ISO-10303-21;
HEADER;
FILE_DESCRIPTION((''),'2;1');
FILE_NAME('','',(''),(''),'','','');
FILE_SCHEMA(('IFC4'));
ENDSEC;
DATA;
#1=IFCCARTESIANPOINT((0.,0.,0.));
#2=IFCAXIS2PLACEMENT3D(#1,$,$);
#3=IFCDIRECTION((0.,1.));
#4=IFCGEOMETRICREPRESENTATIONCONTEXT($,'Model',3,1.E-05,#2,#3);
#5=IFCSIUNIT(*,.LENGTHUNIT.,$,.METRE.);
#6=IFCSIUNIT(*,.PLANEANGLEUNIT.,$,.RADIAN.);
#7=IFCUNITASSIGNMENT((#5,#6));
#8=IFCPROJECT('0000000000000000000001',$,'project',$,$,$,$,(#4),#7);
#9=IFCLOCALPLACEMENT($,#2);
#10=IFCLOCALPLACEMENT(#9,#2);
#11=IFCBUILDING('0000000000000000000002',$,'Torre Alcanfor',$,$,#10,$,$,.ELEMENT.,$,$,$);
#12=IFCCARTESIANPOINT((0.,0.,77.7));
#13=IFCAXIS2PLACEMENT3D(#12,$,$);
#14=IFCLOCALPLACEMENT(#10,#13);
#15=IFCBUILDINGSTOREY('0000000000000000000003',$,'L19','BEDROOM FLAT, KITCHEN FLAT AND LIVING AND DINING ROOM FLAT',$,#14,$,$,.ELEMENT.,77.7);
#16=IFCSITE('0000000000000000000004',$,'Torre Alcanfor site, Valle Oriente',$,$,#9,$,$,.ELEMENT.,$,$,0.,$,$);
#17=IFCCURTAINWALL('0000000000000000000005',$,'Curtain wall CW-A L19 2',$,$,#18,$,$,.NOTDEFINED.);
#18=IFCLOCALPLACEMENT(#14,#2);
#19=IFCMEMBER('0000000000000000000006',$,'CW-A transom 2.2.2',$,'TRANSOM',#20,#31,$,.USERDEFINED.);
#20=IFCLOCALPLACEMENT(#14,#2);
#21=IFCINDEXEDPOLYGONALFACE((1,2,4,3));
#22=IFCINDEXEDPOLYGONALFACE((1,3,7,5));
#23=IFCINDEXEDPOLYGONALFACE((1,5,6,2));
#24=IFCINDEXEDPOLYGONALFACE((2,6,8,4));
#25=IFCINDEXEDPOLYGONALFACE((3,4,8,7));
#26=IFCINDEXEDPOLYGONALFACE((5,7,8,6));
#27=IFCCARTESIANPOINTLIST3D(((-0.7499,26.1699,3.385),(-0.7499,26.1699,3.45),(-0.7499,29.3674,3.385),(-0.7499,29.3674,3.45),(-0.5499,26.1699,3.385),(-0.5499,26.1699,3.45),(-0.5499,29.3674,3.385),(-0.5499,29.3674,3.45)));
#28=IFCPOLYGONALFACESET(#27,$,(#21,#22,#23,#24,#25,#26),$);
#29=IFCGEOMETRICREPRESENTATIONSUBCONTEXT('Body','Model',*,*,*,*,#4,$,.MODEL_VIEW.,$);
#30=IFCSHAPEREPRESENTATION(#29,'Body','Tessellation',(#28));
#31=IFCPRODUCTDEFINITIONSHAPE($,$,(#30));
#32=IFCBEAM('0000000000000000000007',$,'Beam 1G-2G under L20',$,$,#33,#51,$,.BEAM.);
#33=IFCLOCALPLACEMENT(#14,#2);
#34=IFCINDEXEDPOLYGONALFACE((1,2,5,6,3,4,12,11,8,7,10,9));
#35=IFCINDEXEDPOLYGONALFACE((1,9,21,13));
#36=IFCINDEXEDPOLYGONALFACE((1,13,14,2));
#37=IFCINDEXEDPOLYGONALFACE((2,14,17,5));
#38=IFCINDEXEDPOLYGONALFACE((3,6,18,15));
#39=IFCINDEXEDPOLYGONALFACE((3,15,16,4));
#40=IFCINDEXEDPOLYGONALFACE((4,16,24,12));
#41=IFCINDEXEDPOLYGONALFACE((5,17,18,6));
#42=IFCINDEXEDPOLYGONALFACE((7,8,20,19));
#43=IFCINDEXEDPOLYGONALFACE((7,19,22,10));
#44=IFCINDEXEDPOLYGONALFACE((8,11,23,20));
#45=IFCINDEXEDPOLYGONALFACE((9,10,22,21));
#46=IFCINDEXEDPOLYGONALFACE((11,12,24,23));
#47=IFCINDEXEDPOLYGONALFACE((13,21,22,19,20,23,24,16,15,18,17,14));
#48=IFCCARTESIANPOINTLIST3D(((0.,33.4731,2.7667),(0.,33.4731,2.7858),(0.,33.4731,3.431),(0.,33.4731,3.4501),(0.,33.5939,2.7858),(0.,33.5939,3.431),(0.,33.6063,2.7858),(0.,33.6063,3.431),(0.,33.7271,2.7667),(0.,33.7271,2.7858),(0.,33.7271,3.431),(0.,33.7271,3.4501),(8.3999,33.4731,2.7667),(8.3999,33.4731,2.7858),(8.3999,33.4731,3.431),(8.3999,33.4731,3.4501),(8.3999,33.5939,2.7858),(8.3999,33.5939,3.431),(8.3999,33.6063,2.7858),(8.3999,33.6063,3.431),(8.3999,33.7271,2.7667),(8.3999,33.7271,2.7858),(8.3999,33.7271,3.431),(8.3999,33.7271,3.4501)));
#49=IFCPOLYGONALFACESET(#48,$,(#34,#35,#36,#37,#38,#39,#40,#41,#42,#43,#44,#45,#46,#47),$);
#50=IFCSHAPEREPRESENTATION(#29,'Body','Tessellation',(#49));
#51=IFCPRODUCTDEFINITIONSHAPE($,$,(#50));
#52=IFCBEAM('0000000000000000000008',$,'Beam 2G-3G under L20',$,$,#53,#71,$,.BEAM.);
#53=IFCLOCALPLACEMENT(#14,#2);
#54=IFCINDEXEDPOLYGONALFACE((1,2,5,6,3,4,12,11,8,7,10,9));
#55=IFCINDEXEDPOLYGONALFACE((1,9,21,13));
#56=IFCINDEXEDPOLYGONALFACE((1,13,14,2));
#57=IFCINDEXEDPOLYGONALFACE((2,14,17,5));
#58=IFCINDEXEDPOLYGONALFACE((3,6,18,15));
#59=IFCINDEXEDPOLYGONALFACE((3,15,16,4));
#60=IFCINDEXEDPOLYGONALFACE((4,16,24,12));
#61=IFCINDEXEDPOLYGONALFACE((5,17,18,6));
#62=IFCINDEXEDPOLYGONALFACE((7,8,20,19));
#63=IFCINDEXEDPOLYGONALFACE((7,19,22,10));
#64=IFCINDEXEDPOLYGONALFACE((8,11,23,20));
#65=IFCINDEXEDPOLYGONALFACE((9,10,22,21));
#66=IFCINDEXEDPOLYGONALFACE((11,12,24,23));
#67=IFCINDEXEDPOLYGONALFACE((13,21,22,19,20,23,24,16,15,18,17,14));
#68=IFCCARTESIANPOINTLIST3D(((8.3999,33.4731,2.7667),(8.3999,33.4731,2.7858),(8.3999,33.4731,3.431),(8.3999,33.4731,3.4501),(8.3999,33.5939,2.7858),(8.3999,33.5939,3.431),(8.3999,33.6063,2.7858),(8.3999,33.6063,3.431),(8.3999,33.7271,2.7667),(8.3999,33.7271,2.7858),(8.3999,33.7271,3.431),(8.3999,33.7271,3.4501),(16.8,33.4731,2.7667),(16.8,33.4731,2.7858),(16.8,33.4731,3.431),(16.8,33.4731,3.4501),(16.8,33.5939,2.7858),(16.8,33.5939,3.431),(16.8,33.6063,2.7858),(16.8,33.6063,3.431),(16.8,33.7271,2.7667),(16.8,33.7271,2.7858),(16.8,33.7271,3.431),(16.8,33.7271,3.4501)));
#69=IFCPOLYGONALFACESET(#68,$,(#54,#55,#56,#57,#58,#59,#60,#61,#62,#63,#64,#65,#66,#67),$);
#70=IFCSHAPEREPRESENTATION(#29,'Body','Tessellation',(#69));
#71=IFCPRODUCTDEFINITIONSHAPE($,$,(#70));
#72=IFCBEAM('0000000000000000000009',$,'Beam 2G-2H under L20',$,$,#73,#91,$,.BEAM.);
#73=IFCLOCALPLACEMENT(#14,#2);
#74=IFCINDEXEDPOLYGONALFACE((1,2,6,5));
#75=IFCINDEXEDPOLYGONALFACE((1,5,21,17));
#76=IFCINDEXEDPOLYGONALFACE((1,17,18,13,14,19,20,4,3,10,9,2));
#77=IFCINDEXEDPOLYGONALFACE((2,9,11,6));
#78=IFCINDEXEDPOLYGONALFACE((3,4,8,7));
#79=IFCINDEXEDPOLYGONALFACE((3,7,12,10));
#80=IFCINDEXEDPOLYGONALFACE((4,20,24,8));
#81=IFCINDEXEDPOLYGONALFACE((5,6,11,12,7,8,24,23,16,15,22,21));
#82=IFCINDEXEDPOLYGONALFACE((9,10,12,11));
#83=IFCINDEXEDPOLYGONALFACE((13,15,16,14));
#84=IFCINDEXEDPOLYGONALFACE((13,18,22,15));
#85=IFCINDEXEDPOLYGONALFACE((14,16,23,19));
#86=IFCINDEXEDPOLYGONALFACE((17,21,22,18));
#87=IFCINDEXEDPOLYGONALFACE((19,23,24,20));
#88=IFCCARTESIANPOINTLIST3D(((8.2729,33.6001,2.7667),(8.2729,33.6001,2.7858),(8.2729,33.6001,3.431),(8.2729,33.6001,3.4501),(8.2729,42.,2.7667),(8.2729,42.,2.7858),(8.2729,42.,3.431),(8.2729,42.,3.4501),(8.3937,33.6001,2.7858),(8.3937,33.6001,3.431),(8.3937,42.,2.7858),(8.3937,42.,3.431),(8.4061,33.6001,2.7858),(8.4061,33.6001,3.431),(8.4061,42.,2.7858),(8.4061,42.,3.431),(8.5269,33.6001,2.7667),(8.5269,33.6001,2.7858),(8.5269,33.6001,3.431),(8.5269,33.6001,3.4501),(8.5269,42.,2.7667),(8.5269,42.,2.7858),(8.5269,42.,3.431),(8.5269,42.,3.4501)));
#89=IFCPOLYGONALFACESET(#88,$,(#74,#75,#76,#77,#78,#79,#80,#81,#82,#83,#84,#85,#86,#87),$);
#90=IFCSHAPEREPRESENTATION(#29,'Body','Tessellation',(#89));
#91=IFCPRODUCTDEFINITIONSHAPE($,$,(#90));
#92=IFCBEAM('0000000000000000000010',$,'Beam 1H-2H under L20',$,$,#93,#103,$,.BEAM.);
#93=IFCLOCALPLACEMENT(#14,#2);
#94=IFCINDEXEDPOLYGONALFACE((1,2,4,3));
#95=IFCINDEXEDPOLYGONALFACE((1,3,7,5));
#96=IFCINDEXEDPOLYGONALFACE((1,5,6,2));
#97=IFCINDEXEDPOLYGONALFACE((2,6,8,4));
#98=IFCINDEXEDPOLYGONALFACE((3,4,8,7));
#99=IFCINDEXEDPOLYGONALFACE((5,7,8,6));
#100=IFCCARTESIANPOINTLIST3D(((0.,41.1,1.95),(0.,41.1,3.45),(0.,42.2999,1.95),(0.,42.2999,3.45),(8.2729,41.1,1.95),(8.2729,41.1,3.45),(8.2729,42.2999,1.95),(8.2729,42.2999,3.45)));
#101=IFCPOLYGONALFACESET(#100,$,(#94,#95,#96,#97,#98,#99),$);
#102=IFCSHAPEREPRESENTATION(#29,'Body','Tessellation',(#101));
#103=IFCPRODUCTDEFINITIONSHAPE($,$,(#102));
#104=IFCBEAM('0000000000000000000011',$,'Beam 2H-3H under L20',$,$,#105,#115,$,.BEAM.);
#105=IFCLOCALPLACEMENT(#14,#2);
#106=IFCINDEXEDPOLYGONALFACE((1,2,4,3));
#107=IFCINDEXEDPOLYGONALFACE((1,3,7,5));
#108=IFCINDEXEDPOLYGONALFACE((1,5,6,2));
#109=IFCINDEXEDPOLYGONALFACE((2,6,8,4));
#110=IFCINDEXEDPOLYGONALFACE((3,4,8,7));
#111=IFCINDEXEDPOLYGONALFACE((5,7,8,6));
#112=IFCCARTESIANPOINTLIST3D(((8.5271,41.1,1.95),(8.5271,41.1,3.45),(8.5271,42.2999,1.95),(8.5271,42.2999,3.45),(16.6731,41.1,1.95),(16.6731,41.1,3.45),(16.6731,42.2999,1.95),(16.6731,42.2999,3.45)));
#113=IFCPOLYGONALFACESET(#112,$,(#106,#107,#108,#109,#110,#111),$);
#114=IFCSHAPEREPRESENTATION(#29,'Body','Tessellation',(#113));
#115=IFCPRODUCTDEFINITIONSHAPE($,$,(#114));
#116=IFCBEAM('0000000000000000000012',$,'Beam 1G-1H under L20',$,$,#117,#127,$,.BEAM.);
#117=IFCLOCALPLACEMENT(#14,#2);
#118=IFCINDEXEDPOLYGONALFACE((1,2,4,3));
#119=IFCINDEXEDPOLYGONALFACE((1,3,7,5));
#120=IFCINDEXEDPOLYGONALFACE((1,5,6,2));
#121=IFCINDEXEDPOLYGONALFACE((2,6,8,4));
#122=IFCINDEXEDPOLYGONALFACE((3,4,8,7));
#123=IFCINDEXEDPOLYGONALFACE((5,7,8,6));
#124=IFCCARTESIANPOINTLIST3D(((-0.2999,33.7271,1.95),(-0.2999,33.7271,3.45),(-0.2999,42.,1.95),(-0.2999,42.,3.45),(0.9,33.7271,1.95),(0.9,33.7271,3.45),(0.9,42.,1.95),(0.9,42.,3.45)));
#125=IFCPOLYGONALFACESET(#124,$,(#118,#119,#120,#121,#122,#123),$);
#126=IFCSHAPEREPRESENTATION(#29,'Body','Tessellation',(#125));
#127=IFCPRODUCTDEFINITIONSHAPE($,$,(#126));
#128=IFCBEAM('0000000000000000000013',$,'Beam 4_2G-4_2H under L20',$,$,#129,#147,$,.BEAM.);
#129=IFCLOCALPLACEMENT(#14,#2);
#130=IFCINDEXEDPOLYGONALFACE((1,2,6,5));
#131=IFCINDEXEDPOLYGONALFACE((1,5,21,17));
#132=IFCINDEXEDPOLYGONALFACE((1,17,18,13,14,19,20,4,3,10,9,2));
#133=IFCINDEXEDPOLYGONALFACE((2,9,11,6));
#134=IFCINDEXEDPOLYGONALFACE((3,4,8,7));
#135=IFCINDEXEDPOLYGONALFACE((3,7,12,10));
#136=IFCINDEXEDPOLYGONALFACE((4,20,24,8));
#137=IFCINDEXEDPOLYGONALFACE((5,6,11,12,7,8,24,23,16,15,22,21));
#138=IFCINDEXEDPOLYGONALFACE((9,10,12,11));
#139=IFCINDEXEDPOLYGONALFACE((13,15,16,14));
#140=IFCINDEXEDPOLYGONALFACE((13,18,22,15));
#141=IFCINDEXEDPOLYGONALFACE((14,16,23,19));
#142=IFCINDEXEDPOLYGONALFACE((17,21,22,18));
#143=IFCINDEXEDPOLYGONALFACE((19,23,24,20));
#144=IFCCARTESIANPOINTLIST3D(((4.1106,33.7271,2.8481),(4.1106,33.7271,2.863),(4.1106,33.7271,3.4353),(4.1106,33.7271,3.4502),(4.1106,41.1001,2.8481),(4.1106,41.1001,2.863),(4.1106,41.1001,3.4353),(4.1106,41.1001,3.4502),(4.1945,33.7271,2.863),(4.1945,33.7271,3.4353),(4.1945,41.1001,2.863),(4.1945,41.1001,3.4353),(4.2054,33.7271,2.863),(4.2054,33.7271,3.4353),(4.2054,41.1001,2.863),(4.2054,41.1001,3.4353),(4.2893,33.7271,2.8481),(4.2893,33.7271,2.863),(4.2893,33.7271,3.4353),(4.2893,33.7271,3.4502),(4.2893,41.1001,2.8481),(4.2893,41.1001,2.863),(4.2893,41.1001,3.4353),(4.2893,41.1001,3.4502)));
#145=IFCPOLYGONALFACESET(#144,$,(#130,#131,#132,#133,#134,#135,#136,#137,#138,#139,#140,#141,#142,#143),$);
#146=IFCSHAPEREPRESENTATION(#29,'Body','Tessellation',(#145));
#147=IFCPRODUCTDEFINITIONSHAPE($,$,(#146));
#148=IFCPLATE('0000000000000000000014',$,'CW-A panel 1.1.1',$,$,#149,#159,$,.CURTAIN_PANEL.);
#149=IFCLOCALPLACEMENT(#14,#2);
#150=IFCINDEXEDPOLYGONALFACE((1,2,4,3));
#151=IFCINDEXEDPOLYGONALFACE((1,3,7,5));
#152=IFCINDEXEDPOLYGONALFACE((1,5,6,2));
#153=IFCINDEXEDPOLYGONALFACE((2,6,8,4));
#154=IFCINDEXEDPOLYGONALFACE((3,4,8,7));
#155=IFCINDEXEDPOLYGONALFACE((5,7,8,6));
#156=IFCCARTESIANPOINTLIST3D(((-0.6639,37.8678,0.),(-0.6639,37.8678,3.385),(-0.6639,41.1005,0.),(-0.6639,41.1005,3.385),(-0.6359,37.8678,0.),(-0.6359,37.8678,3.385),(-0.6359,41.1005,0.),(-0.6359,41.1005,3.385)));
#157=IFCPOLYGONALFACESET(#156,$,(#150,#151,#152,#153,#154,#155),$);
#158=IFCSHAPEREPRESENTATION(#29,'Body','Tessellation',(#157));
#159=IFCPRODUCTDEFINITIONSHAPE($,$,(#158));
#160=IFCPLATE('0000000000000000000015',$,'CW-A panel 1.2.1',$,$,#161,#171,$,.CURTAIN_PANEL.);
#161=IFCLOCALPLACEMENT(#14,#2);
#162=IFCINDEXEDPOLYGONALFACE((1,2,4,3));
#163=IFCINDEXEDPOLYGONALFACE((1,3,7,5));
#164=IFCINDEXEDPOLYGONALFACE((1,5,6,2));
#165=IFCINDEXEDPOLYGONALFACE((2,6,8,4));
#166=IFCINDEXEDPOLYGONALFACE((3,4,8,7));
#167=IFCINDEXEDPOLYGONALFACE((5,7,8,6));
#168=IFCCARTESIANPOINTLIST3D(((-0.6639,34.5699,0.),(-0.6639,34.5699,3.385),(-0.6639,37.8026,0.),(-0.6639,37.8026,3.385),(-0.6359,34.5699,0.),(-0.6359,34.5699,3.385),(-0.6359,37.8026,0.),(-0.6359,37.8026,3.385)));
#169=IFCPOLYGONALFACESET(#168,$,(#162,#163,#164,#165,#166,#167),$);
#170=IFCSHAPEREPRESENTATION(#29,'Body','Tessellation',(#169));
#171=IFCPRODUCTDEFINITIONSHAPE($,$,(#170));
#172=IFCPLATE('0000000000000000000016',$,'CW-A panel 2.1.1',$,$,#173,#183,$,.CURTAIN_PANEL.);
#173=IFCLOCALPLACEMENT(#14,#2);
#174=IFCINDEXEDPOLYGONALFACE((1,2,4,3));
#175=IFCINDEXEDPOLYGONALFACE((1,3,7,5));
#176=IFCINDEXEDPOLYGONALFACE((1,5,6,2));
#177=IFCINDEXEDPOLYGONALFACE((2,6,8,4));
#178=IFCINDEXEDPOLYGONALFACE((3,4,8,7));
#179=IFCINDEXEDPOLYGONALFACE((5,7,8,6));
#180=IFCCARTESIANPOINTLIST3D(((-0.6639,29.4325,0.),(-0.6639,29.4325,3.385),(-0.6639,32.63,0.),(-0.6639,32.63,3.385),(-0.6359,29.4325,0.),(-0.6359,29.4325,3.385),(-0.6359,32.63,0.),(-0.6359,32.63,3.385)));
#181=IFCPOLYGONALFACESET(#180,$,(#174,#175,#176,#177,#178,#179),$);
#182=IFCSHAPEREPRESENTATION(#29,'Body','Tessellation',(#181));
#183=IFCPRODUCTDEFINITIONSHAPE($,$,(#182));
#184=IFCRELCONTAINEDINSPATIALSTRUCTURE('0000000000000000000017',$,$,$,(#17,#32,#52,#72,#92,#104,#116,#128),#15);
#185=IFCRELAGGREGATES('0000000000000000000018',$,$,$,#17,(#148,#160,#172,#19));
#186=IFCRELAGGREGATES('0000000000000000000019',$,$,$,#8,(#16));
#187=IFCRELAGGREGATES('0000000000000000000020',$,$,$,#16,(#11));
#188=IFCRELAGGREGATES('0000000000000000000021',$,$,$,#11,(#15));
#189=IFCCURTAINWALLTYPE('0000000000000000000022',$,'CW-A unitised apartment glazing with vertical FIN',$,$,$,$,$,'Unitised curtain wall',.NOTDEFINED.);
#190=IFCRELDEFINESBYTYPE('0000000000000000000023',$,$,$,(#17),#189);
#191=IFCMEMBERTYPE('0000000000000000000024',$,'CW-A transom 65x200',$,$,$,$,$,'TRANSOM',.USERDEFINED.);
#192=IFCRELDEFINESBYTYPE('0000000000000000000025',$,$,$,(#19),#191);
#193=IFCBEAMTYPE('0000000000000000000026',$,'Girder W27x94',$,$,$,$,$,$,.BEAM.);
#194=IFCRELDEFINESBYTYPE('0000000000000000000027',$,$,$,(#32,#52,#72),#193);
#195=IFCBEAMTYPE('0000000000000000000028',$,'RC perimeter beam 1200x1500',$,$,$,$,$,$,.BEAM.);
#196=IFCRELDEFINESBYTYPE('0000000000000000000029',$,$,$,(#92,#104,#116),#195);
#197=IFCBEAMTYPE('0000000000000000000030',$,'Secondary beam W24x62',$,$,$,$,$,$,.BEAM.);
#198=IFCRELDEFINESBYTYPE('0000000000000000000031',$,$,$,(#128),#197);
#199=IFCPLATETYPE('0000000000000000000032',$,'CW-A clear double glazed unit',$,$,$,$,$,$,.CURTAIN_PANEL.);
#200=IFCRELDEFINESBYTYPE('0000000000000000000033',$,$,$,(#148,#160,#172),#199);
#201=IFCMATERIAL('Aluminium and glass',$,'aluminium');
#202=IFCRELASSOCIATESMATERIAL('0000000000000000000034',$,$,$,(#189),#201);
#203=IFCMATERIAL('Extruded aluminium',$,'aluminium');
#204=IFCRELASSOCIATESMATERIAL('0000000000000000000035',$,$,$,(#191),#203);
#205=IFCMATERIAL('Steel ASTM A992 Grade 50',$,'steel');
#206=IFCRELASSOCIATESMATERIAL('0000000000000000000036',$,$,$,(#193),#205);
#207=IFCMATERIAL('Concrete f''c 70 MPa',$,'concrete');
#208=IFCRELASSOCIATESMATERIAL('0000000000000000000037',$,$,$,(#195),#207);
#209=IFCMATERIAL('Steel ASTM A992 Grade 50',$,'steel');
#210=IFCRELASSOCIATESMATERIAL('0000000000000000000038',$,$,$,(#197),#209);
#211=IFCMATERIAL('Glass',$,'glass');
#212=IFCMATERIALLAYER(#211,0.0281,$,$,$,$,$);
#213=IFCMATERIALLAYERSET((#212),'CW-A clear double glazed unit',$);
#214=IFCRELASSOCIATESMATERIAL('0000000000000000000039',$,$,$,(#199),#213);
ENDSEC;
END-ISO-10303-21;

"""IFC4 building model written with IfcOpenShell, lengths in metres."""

from ifc_helpers import new_model, si_unit, direction, frame, origin, origin_2d, place, context, subcontext, project, spatial, rectangle, i_section, extrude, material, layer, layer_set, material_profile, profile_set, type_object, element, aggregate, save


model = new_model("IFC4")

# Units and contexts
model_context = context("Model", 3, precision=1e-05, world=origin(), true_north=direction((0.0, 1.0)))
body_context = subcontext(model_context, "Body", "Model", "MODEL_VIEW")
ifc_project = project(units=[si_unit("LENGTHUNIT", "METRE"), si_unit("PLANEANGLEUNIT", "RADIAN")], contexts=[model_context])

# Site, building, storey
site_placement = place(None, origin())
site = spatial("IfcSite", under=ifc_project, at=site_placement, Name="Torre Alcanfor site, Valle Oriente", CompositionType="ELEMENT", RefElevation=0.0)
building_placement = place(site_placement, origin())
building = spatial("IfcBuilding", under=site, at=building_placement, Name="Torre Alcanfor", CompositionType="ELEMENT")
storey_placement = place(building_placement, frame((0.0, 0.0, 77.7)))
storey = spatial("IfcBuildingStorey", under=building, at=storey_placement, Name="L19", Description="BEDROOM FLAT, KITCHEN FLAT AND LIVING AND DINING ROOM FLAT", CompositionType="ELEMENT", Elevation=77.7)

# Curtain wall, member
ifc_material_1 = material(Name="Aluminium and glass", Category="aluminium")
curtain_wall_type = type_object("IfcCurtainWallType", Name="CW-A unitised apartment glazing with vertical FIN", ElementType="Unitised curtain wall", PredefinedType="NOTDEFINED", material=ifc_material_1)
curtain_wall_placement = place(storey_placement, origin())
curtain_wall = element("IfcCurtainWall", 1, at=curtain_wall_placement, inside=storey, type_object=curtain_wall_type, Name="Curtain wall CW-A L19 2", PredefinedType="NOTDEFINED")
ifc_material_2 = material(Name="Extruded aluminium", Category="aluminium")
ifc_material_profile_1 = material_profile(ifc_material_2, rectangle(XDim=0.2, YDim=0.0649, at=origin_2d()), Name="CW-A transom 200x65")
ifc_profile_set_1 = profile_set([ifc_material_profile_1], Name="Extruded aluminium")
member_type_1 = type_object("IfcMemberType", Name="CW-A transom 65x200", ElementType="TRANSOM", PredefinedType="USERDEFINED", material=ifc_profile_set_1)
member_1_placement = place(storey_placement, frame((-0.6499, 29.3674, 3.4175), z_axis=(0.0, -1.0, 0.0), x_axis=(1.0, 0.0, 0.0)))
member_1 = element("IfcMember", 2, at=member_1_placement, type_object=member_type_1, Name="CW-A transom 2.2.2", ObjectType="TRANSOM", PredefinedType="USERDEFINED", context=body_context, shape_type="SweptSolid", body=[
    extrude(rectangle(XDim=0.2, YDim=0.0649, at=origin_2d()), origin(), (0.0, 0.0, 1.0), 3.1975),
])

# Beams
ifc_material_3 = material(Name="Steel ASTM A992 Grade 50", Category="steel")
ifc_material_profile_2 = material_profile(ifc_material_3, i_section(OverallWidth=0.2539, OverallDepth=0.6833, WebThickness=0.0125, FlangeThickness=0.019, at=origin_2d()), Name="W27x94")
ifc_profile_set_2 = profile_set([ifc_material_profile_2], Name="Steel ASTM A992 Grade 50")
beam_type_1 = type_object("IfcBeamType", Name="Girder W27x94", PredefinedType="BEAM", material=ifc_profile_set_2)
beam_1_placement = place(storey_placement, frame((0.0, 33.6001, 3.1084), z_axis=(1.0, 0.0, 0.0), x_axis=(0.0, 1.0, 0.0)))
element("IfcBeam", 3, at=beam_1_placement, inside=storey, type_object=beam_type_1, Name="Beam 1G-2G under L20", PredefinedType="BEAM", context=body_context, shape_type="SweptSolid", body=[
    extrude(i_section(OverallWidth=0.2539, OverallDepth=0.6833, WebThickness=0.0125, FlangeThickness=0.019, at=origin_2d()), origin(), (0.0, 0.0, 1.0), 8.3999),
])
beam_2_placement = place(storey_placement, frame((8.3999, 33.6001, 3.1084), z_axis=(1.0, 0.0, 0.0), x_axis=(0.0, 1.0, 0.0)))
element("IfcBeam", 4, at=beam_2_placement, inside=storey, type_object=beam_type_1, Name="Beam 2G-3G under L20", PredefinedType="BEAM", context=body_context, shape_type="SweptSolid", body=[
    extrude(i_section(OverallWidth=0.2539, OverallDepth=0.6833, WebThickness=0.0125, FlangeThickness=0.019, at=origin_2d()), origin(), (0.0, 0.0, 1.0), 8.4001),
])
beam_3_placement = place(storey_placement, frame((8.3999, 33.6001, 3.1084), z_axis=(0.0, 1.0, 0.0), x_axis=(-1.0, 0.0, 0.0)))
element("IfcBeam", 5, at=beam_3_placement, inside=storey, type_object=beam_type_1, Name="Beam 2G-2H under L20", PredefinedType="BEAM", context=body_context, shape_type="SweptSolid", body=[
    extrude(i_section(OverallWidth=0.2539, OverallDepth=0.6833, WebThickness=0.0125, FlangeThickness=0.019, at=origin_2d()), origin(), (0.0, 0.0, 1.0), 8.3999),
])
ifc_material_4 = material(Name="Concrete f'c 70 MPa", Category="concrete")
ifc_material_profile_3 = material_profile(ifc_material_4, rectangle(XDim=1.2, YDim=1.5, at=origin_2d()), Name="1200x1500")
ifc_profile_set_3 = profile_set([ifc_material_profile_3], Name="Concrete f'c 70 MPa")
beam_type_2 = type_object("IfcBeamType", Name="RC perimeter beam 1200x1500", PredefinedType="BEAM", material=ifc_profile_set_3)
beam_4_placement = place(storey_placement, frame((0.0, 41.7, 2.7), z_axis=(1.0, 0.0, 0.0), x_axis=(0.0, 1.0, 0.0)))
element("IfcBeam", 6, at=beam_4_placement, inside=storey, type_object=beam_type_2, Name="Beam 1H-2H under L20", PredefinedType="BEAM", context=body_context, shape_type="SweptSolid", body=[
    extrude(rectangle(XDim=1.2, YDim=1.5, at=origin_2d()), origin(), (0.0, 0.0, 1.0), 8.2729),
])
beam_5_placement = place(storey_placement, frame((8.5271, 41.7, 2.7), z_axis=(1.0, 0.0, 0.0), x_axis=(0.0, 1.0, 0.0)))
element("IfcBeam", 7, at=beam_5_placement, inside=storey, type_object=beam_type_2, Name="Beam 2H-3H under L20", PredefinedType="BEAM", context=body_context, shape_type="SweptSolid", body=[
    extrude(rectangle(XDim=1.2, YDim=1.5, at=origin_2d()), origin(), (0.0, 0.0, 1.0), 8.146),
])
beam_6_placement = place(storey_placement, frame((0.3, 33.7271, 2.7), z_axis=(0.0, 1.0, 0.0), x_axis=(-1.0, 0.0, 0.0)))
element("IfcBeam", 8, at=beam_6_placement, inside=storey, type_object=beam_type_2, Name="Beam 1G-1H under L20", PredefinedType="BEAM", context=body_context, shape_type="SweptSolid", body=[
    extrude(rectangle(XDim=1.2, YDim=1.5, at=origin_2d()), origin(), (0.0, 0.0, 1.0), 8.2729),
])
ifc_material_5 = material(Name="Steel ASTM A992 Grade 50", Category="steel")
ifc_material_profile_4 = material_profile(ifc_material_5, i_section(OverallWidth=0.1787, OverallDepth=0.6021, WebThickness=0.011, FlangeThickness=0.0149, at=origin_2d()), Name="W24x62")
ifc_profile_set_4 = profile_set([ifc_material_profile_4], Name="Steel ASTM A992 Grade 50")
beam_type_3 = type_object("IfcBeamType", Name="Secondary beam W24x62", PredefinedType="BEAM", material=ifc_profile_set_4)
beam_7_placement = place(storey_placement, frame((4.2, 33.7271, 3.1492), z_axis=(0.0, 1.0, 0.0), x_axis=(-1.0, 0.0, 0.0)))
element("IfcBeam", 9, at=beam_7_placement, inside=storey, type_object=beam_type_3, Name="Beam 4_2G-4_2H under L20", PredefinedType="BEAM", context=body_context, shape_type="SweptSolid", body=[
    extrude(i_section(OverallWidth=0.1787, OverallDepth=0.6021, WebThickness=0.011, FlangeThickness=0.0149, at=origin_2d()), origin(), (0.0, 0.0, 1.0), 7.373),
])

# Plates
ifc_material_6 = material(Name="Glass", Category="glass")
ifc_layer_1 = layer(ifc_material_6, 0.0281)
ifc_layer_set_1 = layer_set([ifc_layer_1], Name="CW-A clear double glazed unit")
plate_type = type_object("IfcPlateType", Name="CW-A clear double glazed unit", PredefinedType="CURTAIN_PANEL", material=ifc_layer_set_1)
plate_1_placement = place(storey_placement, frame((-0.6499, 39.4841, 0.0), z_axis=(0.0, 0.0, 1.0), x_axis=(0.0, -1.0, 0.0)))
plate_1 = element("IfcPlate", 10, at=plate_1_placement, type_object=plate_type, Name="CW-A panel 1.1.1", PredefinedType="CURTAIN_PANEL", context=body_context, shape_type="SweptSolid", body=[
    extrude(rectangle(XDim=3.2327, YDim=0.0281, at=origin_2d()), origin(), (0.0, 0.0, 1.0), 3.385),
])
plate_2_placement = place(storey_placement, frame((-0.6499, 36.1863, 0.0), z_axis=(0.0, 0.0, 1.0), x_axis=(0.0, -1.0, 0.0)))
plate_2 = element("IfcPlate", 11, at=plate_2_placement, type_object=plate_type, Name="CW-A panel 1.2.1", PredefinedType="CURTAIN_PANEL", context=body_context, shape_type="SweptSolid", body=[
    extrude(rectangle(XDim=3.2327, YDim=0.0281, at=origin_2d()), origin(), (0.0, 0.0, 1.0), 3.385),
])
plate_3_placement = place(storey_placement, frame((-0.6499, 31.0312, 0.0), z_axis=(0.0, 0.0, 1.0), x_axis=(0.0, -1.0, 0.0)))
plate_3 = element("IfcPlate", 12, at=plate_3_placement, type_object=plate_type, Name="CW-A panel 2.1.1", PredefinedType="CURTAIN_PANEL", context=body_context, shape_type="SweptSolid", body=[
    extrude(rectangle(XDim=3.1975, YDim=0.0281, at=origin_2d()), origin(), (0.0, 0.0, 1.0), 3.385),
])
aggregate(curtain_wall, [plate_1, plate_2, plate_3, member_1])

save(model, "model.ifc")
